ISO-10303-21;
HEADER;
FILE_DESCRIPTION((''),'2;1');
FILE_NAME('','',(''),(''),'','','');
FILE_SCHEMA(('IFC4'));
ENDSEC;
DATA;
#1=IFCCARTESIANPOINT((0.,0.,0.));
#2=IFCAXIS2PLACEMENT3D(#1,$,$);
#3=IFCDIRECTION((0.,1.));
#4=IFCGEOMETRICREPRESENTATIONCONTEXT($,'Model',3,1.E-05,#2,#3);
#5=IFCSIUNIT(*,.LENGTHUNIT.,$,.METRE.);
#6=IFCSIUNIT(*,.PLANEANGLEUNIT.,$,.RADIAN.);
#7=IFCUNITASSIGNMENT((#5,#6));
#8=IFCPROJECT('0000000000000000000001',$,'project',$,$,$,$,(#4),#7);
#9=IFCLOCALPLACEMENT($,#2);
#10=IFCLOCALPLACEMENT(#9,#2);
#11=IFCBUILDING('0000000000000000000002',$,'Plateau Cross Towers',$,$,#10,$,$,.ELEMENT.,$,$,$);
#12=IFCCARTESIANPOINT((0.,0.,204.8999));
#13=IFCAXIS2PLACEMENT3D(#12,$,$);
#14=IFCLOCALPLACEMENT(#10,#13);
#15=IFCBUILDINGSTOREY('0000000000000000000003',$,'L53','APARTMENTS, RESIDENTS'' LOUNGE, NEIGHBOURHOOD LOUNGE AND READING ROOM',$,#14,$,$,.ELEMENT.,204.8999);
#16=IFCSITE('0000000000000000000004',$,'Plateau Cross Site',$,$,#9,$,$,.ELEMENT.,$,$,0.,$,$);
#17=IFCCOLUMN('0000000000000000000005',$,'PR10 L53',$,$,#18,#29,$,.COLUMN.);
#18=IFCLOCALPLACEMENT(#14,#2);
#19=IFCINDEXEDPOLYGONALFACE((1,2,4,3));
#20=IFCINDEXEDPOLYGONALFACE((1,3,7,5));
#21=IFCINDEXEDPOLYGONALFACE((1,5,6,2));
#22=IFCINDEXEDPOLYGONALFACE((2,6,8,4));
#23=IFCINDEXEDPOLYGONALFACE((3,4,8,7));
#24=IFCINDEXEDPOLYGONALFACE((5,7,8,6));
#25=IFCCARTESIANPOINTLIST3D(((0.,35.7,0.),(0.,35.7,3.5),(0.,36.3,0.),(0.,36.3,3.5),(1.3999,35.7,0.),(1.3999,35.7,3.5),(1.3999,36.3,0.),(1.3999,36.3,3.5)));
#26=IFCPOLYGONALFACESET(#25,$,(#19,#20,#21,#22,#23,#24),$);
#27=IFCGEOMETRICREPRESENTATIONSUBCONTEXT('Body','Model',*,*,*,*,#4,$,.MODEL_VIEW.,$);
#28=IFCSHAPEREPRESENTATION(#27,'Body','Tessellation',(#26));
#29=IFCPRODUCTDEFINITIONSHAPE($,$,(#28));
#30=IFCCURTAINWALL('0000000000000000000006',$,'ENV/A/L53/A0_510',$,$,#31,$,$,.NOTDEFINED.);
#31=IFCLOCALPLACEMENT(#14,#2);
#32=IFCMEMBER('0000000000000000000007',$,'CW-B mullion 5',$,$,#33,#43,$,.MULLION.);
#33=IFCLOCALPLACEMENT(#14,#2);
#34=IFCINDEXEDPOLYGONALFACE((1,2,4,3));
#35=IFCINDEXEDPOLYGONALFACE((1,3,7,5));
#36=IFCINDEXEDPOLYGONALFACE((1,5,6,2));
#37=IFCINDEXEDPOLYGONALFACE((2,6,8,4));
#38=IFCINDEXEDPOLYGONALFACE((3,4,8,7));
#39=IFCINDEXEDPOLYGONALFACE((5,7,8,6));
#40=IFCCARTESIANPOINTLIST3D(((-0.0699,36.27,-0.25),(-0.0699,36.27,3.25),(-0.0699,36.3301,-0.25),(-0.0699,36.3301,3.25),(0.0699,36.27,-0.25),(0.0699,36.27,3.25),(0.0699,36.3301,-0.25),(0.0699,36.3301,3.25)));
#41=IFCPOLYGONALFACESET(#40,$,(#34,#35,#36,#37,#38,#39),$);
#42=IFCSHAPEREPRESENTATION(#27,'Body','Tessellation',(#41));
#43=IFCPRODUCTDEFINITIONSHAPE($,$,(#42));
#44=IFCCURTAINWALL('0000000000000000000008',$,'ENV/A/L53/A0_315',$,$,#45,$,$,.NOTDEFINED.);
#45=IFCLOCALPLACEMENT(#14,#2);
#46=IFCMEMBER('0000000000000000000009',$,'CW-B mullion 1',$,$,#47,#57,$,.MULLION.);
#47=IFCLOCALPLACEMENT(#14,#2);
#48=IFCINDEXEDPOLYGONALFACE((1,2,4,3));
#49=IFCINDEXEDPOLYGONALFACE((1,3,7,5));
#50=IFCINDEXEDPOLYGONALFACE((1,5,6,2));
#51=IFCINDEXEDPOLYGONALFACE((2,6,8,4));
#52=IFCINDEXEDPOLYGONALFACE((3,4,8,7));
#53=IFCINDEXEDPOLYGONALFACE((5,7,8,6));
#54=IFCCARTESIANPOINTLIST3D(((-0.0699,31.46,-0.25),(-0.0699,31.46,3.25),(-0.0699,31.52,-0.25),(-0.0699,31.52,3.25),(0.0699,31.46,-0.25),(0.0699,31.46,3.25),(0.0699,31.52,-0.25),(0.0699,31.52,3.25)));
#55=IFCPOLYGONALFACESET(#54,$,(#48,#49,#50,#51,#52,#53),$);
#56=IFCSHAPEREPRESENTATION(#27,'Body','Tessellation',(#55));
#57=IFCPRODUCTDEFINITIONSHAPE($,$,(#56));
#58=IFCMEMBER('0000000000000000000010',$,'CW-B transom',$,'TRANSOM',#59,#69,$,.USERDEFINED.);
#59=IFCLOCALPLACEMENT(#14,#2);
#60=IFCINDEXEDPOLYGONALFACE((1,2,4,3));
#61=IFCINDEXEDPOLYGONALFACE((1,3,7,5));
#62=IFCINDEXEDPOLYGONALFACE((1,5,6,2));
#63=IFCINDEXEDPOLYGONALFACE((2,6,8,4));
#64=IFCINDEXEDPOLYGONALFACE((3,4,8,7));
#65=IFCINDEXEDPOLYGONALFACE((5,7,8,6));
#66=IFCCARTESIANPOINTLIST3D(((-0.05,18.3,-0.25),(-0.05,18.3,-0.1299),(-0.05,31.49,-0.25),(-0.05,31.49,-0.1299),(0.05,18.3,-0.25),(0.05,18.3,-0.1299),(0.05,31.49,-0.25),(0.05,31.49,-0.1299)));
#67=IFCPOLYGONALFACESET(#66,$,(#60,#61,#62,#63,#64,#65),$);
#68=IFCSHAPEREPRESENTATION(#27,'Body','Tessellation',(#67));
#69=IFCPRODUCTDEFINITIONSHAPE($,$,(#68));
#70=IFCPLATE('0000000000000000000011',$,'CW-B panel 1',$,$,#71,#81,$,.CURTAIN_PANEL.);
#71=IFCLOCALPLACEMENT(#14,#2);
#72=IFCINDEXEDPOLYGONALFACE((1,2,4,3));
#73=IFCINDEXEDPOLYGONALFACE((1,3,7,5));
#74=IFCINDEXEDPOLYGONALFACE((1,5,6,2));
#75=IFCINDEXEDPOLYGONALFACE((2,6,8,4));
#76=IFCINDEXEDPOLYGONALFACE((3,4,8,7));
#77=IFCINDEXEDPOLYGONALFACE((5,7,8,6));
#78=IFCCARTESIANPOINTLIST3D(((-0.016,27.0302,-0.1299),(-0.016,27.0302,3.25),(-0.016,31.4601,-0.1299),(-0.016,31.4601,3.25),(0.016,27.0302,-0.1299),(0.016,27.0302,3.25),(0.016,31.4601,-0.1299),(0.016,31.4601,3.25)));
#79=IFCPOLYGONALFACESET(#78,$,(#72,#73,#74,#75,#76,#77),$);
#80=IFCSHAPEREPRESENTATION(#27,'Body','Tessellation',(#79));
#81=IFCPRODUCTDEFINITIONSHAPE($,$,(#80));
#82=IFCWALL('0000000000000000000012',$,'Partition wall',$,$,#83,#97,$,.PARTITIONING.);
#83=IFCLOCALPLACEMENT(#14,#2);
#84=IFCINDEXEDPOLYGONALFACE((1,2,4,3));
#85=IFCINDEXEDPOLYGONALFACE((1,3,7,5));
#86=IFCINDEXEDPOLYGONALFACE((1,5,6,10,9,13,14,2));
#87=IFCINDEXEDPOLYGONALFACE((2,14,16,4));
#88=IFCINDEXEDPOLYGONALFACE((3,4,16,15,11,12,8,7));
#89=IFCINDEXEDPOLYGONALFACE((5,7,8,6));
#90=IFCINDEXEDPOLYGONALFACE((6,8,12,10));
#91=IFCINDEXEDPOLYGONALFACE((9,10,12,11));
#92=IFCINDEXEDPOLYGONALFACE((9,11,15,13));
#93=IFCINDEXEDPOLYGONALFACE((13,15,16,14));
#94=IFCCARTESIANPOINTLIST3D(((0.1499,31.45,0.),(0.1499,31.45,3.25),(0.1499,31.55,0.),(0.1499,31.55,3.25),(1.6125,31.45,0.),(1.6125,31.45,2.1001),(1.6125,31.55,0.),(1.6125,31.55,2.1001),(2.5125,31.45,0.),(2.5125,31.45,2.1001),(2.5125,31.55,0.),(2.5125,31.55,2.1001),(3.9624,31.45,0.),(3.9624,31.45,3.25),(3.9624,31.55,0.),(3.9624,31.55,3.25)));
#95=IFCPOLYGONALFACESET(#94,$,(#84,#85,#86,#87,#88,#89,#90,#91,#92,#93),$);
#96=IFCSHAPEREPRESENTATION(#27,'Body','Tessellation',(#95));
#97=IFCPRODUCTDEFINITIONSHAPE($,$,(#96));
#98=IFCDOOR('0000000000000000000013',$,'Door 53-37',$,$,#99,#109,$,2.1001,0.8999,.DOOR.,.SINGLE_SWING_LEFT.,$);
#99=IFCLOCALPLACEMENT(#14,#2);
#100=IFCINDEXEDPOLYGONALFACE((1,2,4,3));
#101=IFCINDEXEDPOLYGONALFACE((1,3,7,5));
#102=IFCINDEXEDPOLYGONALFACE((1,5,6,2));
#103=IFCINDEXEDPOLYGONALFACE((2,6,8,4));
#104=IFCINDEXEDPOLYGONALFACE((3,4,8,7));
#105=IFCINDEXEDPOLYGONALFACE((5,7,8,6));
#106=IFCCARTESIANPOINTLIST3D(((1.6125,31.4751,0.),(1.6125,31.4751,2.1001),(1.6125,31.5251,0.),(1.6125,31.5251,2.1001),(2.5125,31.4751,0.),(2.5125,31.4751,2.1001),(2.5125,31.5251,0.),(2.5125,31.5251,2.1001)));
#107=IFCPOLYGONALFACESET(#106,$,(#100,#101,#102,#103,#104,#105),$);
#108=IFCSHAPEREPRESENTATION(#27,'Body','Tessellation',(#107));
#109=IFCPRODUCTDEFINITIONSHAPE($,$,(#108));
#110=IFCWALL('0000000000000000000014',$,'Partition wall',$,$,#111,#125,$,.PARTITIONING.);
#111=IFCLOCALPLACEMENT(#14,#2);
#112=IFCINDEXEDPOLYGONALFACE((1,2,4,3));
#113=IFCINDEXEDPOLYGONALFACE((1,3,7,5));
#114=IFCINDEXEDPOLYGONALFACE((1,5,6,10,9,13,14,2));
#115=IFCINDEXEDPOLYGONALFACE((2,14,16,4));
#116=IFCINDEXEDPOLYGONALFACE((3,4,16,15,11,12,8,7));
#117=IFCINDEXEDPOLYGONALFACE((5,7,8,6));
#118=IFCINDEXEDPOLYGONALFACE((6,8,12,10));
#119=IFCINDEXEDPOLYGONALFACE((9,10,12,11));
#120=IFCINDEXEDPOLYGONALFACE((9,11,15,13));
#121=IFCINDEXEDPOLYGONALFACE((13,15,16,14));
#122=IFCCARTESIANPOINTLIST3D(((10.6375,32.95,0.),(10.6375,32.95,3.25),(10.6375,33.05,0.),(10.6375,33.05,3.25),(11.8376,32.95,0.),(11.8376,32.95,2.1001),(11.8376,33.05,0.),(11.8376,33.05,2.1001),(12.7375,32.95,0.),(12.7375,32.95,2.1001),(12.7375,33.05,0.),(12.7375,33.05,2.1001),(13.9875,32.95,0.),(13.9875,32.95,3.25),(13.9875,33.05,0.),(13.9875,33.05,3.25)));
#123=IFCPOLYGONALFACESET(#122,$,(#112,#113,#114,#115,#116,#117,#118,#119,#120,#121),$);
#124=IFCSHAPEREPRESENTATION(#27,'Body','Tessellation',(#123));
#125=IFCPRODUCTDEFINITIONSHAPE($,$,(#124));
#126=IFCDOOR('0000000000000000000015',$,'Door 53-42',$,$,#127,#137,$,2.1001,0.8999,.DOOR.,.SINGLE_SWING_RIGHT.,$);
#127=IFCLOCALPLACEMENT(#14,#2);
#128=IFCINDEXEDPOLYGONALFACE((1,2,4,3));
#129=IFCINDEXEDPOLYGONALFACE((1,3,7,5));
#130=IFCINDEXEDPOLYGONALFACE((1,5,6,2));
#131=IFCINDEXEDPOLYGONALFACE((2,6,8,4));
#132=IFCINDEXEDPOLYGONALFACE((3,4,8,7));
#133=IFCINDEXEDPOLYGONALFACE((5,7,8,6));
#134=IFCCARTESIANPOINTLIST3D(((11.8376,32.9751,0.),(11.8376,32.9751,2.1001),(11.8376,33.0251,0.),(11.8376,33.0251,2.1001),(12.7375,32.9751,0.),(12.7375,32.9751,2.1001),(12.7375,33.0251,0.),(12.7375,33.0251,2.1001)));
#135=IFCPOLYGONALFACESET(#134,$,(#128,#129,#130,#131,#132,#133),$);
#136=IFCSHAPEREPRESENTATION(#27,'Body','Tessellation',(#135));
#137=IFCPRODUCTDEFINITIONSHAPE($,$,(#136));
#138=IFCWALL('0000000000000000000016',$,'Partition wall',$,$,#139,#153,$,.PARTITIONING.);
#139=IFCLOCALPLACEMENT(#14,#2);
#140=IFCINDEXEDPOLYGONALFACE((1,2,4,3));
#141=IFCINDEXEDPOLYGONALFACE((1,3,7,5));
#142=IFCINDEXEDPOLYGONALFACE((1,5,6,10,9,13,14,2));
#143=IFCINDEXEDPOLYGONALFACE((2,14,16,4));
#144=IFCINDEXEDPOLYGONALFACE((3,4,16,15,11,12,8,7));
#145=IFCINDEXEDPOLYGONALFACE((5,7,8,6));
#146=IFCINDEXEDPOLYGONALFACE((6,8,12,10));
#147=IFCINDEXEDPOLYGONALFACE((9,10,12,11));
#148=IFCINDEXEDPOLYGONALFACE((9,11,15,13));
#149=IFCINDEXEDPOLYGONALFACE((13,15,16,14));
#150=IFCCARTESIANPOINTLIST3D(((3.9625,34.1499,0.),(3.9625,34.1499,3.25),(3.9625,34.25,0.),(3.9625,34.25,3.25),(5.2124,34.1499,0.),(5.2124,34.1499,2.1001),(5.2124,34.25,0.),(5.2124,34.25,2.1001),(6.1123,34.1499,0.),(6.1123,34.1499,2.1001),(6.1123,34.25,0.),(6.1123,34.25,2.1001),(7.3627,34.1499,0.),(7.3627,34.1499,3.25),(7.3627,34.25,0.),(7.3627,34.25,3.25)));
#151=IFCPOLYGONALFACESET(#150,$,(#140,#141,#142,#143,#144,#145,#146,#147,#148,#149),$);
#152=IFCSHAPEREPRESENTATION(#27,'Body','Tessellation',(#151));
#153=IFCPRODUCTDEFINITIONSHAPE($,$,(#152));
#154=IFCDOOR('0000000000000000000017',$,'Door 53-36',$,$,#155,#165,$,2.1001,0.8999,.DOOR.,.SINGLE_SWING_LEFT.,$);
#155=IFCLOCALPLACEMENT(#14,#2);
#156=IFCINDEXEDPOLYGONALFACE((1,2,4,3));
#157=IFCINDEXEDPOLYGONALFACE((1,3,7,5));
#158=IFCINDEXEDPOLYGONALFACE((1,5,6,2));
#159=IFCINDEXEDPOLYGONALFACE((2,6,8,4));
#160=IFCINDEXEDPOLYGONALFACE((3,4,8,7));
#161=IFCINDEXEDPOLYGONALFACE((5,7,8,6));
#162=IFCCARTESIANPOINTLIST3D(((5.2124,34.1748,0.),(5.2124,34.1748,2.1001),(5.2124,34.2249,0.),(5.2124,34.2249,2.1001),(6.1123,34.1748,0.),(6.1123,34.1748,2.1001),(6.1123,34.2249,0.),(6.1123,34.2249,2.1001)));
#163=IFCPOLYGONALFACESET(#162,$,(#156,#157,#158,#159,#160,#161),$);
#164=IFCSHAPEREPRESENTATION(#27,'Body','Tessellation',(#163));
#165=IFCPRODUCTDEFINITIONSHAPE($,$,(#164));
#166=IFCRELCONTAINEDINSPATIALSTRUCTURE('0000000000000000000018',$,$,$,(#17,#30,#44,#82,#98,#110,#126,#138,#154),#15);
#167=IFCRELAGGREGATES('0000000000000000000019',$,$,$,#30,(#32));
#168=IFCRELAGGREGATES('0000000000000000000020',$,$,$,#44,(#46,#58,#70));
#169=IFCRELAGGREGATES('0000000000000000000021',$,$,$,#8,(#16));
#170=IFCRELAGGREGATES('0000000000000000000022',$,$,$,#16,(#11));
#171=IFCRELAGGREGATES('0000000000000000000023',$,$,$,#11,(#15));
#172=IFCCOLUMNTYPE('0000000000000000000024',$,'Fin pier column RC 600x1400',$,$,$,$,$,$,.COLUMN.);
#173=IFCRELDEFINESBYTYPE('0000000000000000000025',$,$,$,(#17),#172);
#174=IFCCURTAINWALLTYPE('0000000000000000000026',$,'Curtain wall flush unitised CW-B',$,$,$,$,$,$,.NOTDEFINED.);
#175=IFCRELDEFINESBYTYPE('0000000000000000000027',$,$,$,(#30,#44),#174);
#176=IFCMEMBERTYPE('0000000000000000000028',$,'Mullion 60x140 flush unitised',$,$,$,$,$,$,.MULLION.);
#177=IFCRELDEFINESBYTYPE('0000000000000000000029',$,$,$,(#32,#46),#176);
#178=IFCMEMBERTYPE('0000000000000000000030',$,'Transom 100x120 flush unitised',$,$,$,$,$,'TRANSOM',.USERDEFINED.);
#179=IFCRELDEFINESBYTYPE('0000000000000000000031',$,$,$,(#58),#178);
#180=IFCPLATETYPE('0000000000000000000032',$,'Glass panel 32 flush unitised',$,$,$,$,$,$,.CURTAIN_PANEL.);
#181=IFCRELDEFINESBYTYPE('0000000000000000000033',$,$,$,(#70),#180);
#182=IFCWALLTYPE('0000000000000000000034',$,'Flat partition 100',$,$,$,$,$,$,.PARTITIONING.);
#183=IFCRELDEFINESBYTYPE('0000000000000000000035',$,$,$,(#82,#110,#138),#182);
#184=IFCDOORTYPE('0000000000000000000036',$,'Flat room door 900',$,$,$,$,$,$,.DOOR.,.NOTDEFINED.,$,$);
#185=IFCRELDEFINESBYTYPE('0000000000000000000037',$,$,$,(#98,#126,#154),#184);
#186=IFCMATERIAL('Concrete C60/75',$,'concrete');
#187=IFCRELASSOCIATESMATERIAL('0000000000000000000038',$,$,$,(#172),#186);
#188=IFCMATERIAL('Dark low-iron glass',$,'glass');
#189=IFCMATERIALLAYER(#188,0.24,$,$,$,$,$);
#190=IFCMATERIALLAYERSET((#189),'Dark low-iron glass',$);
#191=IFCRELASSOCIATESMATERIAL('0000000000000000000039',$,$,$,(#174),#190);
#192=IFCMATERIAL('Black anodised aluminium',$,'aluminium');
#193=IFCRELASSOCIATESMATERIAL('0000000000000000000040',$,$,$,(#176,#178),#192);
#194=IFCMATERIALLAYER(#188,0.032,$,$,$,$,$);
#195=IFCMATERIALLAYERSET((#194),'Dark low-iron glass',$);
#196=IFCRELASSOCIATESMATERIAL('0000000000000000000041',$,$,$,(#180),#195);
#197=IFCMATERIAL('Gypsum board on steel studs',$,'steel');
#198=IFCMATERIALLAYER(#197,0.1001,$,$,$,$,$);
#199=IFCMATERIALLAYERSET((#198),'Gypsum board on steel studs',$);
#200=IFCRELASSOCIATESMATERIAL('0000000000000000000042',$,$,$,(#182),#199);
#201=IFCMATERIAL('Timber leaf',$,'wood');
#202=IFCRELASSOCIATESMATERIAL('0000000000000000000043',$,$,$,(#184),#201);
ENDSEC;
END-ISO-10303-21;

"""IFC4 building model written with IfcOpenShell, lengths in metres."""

from ifc_helpers import new_model, si_unit, direction, frame, frame_2d, origin, origin_2d, place, context, subcontext, project, spatial, rectangle, extrude, material, layer, layer_set, material_profile, profile_set, type_object, element, fill, aggregate, save


model = new_model("IFC4")

# Units and contexts
model_context = context("Model", 3, precision=1e-05, world=origin(), true_north=direction((0.0, 1.0)))
body_context = subcontext(model_context, "Body", "Model", "MODEL_VIEW")
ifc_project = project(units=[si_unit("LENGTHUNIT", "METRE"), si_unit("PLANEANGLEUNIT", "RADIAN")], contexts=[model_context])

# Site, building, storey
site_placement = place(None, origin())
site = spatial("IfcSite", under=ifc_project, at=site_placement, Name="Plateau Cross Site", CompositionType="ELEMENT", RefElevation=0.0)
building_placement = place(site_placement, origin())
building = spatial("IfcBuilding", under=site, at=building_placement, Name="Plateau Cross Towers", CompositionType="ELEMENT")
storey_placement = place(building_placement, frame((0.0, 0.0, 204.8999)))
storey = spatial("IfcBuildingStorey", under=building, at=storey_placement, Name="L53", Description="APARTMENTS, RESIDENTS' LOUNGE, NEIGHBOURHOOD LOUNGE AND READING ROOM", CompositionType="ELEMENT", Elevation=204.8999)

# Column
ifc_material_1 = material(Name="Concrete C60/75", Category="concrete")
ifc_material_profile_1 = material_profile(ifc_material_1, rectangle(XDim=0.6001, YDim=1.3999, at=origin_2d()), Name="RC 600x1400")
ifc_profile_set_1 = profile_set([ifc_material_profile_1], Name="Concrete C60/75")
column_type = type_object("IfcColumnType", Name="Fin pier column RC 600x1400", PredefinedType="COLUMN", material=ifc_profile_set_1)
column_placement = place(storey_placement, frame((0.7, 36.0, 0.0), z_axis=(0.0, 0.0, 1.0), x_axis=(0.0, 1.0, 0.0)))
element("IfcColumn", 1, at=column_placement, inside=storey, type_object=column_type, Name="PR10 L53", PredefinedType="COLUMN", context=body_context, shape_type="SweptSolid", body=[
    extrude(rectangle(XDim=0.6001, YDim=1.3999, at=origin_2d()), origin(), (0.0, 0.0, 1.0), 3.5),
])

# Curtain wall, member
ifc_material_2 = material(Name="Dark low-iron glass", Category="glass")
ifc_layer_1 = layer(ifc_material_2, 0.24)
ifc_layer_set_1 = layer_set([ifc_layer_1], Name="Dark low-iron glass")
curtain_wall_type = type_object("IfcCurtainWallType", Name="Curtain wall flush unitised CW-B", PredefinedType="NOTDEFINED", material=ifc_layer_set_1)
curtain_wall_1_placement = place(storey_placement, origin())
curtain_wall_1 = element("IfcCurtainWall", 2, at=curtain_wall_1_placement, inside=storey, type_object=curtain_wall_type, Name="ENV/A/L53/A0_510", PredefinedType="NOTDEFINED")
ifc_material_3 = material(Name="Black anodised aluminium", Category="aluminium")
ifc_material_profile_2 = material_profile(ifc_material_3, rectangle(XDim=0.0601, YDim=0.1399, at=origin_2d()), Name="MULLION 60x140")
ifc_profile_set_2 = profile_set([ifc_material_profile_2], Name="Black anodised aluminium")
member_type_1 = type_object("IfcMemberType", Name="Mullion 60x140 flush unitised", PredefinedType="MULLION", material=ifc_profile_set_2)
member_1_placement = place(storey_placement, frame((0.0, 36.3, -0.25), z_axis=(0.0, 0.0, 1.0), x_axis=(0.0, -1.0, 0.0)))
member_1 = element("IfcMember", 3, at=member_1_placement, type_object=member_type_1, Name="CW-B mullion 5", PredefinedType="MULLION", context=body_context, shape_type="SweptSolid", body=[
    extrude(rectangle(XDim=0.0601, YDim=0.1399, at=origin_2d()), origin(), (0.0, 0.0, 1.0), 3.5),
])
aggregate(curtain_wall_1, [member_1])

# Curtain wall, members, plate
curtain_wall_2_placement = place(storey_placement, origin())
curtain_wall_2 = element("IfcCurtainWall", 4, at=curtain_wall_2_placement, inside=storey, type_object=curtain_wall_type, Name="ENV/A/L53/A0_315", PredefinedType="NOTDEFINED")
member_2_placement = place(storey_placement, frame((0.0, 31.49, -0.25), z_axis=(0.0, 0.0, 1.0), x_axis=(0.0, -1.0, 0.0)))
member_2 = element("IfcMember", 5, at=member_2_placement, type_object=member_type_1, Name="CW-B mullion 1", PredefinedType="MULLION", context=body_context, shape_type="SweptSolid", body=[
    extrude(rectangle(XDim=0.0601, YDim=0.1399, at=origin_2d()), origin(), (0.0, 0.0, 1.0), 3.5),
])
ifc_material_profile_3 = material_profile(ifc_material_3, rectangle(XDim=0.1001, YDim=0.1201, at=origin_2d()), Name="TRANSOM 100x120")
ifc_profile_set_3 = profile_set([ifc_material_profile_3], Name="Black anodised aluminium")
member_type_2 = type_object("IfcMemberType", Name="Transom 100x120 flush unitised", ElementType="TRANSOM", PredefinedType="USERDEFINED", material=ifc_profile_set_3)
member_3_placement = place(storey_placement, frame((0.0, 31.49, -0.1899), z_axis=(0.0, -1.0, 0.0), x_axis=(1.0, 0.0, 0.0)))
member_3 = element("IfcMember", 6, at=member_3_placement, type_object=member_type_2, Name="CW-B transom", ObjectType="TRANSOM", PredefinedType="USERDEFINED", context=body_context, shape_type="SweptSolid", body=[
    extrude(rectangle(XDim=0.1001, YDim=0.1201, at=origin_2d()), origin(), (0.0, 0.0, 1.0), 13.1899),
])
ifc_layer_2 = layer(ifc_material_2, 0.032)
ifc_layer_set_2 = layer_set([ifc_layer_2], Name="Dark low-iron glass")
plate_type = type_object("IfcPlateType", Name="Glass panel 32 flush unitised", PredefinedType="CURTAIN_PANEL", material=ifc_layer_set_2)
plate_placement = place(storey_placement, frame((0.0, 29.2451, -0.1299), z_axis=(0.0, 0.0, 1.0), x_axis=(0.0, -1.0, 0.0)))
plate = element("IfcPlate", 7, at=plate_placement, type_object=plate_type, Name="CW-B panel 1", PredefinedType="CURTAIN_PANEL", context=body_context, shape_type="SweptSolid", body=[
    extrude(rectangle(XDim=4.4299, YDim=0.032, at=origin_2d()), origin(), (0.0, 0.0, 1.0), 3.3799),
])
aggregate(curtain_wall_2, [member_2, member_3, plate])

# Walls, openings, doors
ifc_material_4 = material(Name="Gypsum board on steel studs", Category="steel")
ifc_layer_3 = layer(ifc_material_4, 0.1001)
ifc_layer_set_3 = layer_set([ifc_layer_3], Name="Gypsum board on steel studs")
wall_type_1 = type_object("IfcWallType", Name="Flat partition 100", PredefinedType="PARTITIONING", material=ifc_layer_set_3)
wall_1_placement = place(storey_placement, frame((3.9624, 31.5, 0.0), z_axis=(0.0, 0.0, 1.0), x_axis=(-1.0, 0.0, 0.0)))
wall_1 = element("IfcWall", 8, at=wall_1_placement, inside=storey, type_object=wall_type_1, Name="Partition wall", PredefinedType="PARTITIONING", context=body_context, shape_type="SweptSolid", body=[
    extrude(rectangle(XDim=3.8125, YDim=0.1001, at=frame_2d((1.9062, 0.0))), origin(), (0.0, 0.0, 1.0), 3.25),
])
opening_1_placement = place(wall_1_placement, frame((1.45, 0.0, 0.0)))
opening_1 = element("IfcOpeningElement", 9, at=opening_1_placement, cuts=wall_1, PredefinedType="OPENING", context=body_context, shape_type="SweptSolid", body=[
    extrude(rectangle(XDim=0.8999, YDim=2.1001, at=frame_2d((0.45, 1.05))), frame((0.0, 0.0601, 0.0), z_axis=(0.0, -1.0, 0.0), x_axis=(1.0, 0.0, 0.0)), (0.0, 0.0, 1.0), 0.1201),
])
ifc_material_5 = material(Name="Timber leaf", Category="wood")
door_type_1 = type_object("IfcDoorType", Name="Flat room door 900", OperationType="NOTDEFINED", PredefinedType="DOOR", material=ifc_material_5)
door_1_placement = place(opening_1_placement, origin())
door_1 = element("IfcDoor", 10, at=door_1_placement, inside=storey, type_object=door_type_1, Name="Door 53-37", OperationType="SINGLE_SWING_LEFT", OverallHeight=2.1001, OverallWidth=0.8999, PredefinedType="DOOR", context=body_context, shape_type="SweptSolid", body=[
    extrude(rectangle(XDim=0.8999, YDim=2.1001, at=frame_2d((0.45, 1.05))), frame((0.0, 0.0249, 0.0), z_axis=(0.0, -1.0, 0.0), x_axis=(1.0, 0.0, 0.0)), (0.0, 0.0, 1.0), 0.05),
])
fill(opening_1, door_1)
wall_2_placement = place(storey_placement, frame((13.9875, 33.0, 0.0), z_axis=(0.0, 0.0, 1.0), x_axis=(-1.0, 0.0, 0.0)))
wall_2 = element("IfcWall", 11, at=wall_2_placement, inside=storey, type_object=wall_type_1, Name="Partition wall", PredefinedType="PARTITIONING", context=body_context, shape_type="SweptSolid", body=[
    extrude(rectangle(XDim=3.3501, YDim=0.1001, at=frame_2d((1.675, 0.0))), origin(), (0.0, 0.0, 1.0), 3.25),
])
opening_2_placement = place(wall_2_placement, frame((1.25, 0.0, 0.0)))
opening_2 = element("IfcOpeningElement", 12, at=opening_2_placement, cuts=wall_2, PredefinedType="OPENING", context=body_context, shape_type="SweptSolid", body=[
    extrude(rectangle(XDim=0.8999, YDim=2.1001, at=frame_2d((0.45, 1.05))), frame((0.0, 0.0601, 0.0), z_axis=(0.0, -1.0, 0.0), x_axis=(1.0, 0.0, 0.0)), (0.0, 0.0, 1.0), 0.1201),
])
door_2_placement = place(opening_2_placement, origin())
door_2 = element("IfcDoor", 13, at=door_2_placement, inside=storey, type_object=door_type_1, Name="Door 53-42", OperationType="SINGLE_SWING_RIGHT", OverallHeight=2.1001, OverallWidth=0.8999, PredefinedType="DOOR", context=body_context, shape_type="SweptSolid", body=[
    extrude(rectangle(XDim=0.8999, YDim=2.1001, at=frame_2d((0.45, 1.05))), frame((0.0, 0.0249, 0.0), z_axis=(0.0, -1.0, 0.0), x_axis=(1.0, 0.0, 0.0)), (0.0, 0.0, 1.0), 0.05),
])
fill(opening_2, door_2)
wall_3_placement = place(storey_placement, frame((3.9624, 34.2, 0.0), z_axis=(0.0, 0.0, 1.0), x_axis=(1.0, 0.0, 0.0)))
wall_3 = element("IfcWall", 14, at=wall_3_placement, inside=storey, type_object=wall_type_1, Name="Partition wall", PredefinedType="PARTITIONING", context=body_context, shape_type="SweptSolid", body=[
    extrude(rectangle(XDim=3.4001, YDim=0.1001, at=frame_2d((1.7002, 0.0))), origin(), (0.0, 0.0, 1.0), 3.25),
])
opening_3_placement = place(wall_3_placement, frame((1.25, 0.0, 0.0)))
opening_3 = element("IfcOpeningElement", 15, at=opening_3_placement, cuts=wall_3, PredefinedType="OPENING", context=body_context, shape_type="SweptSolid", body=[
    extrude(rectangle(XDim=0.8999, YDim=2.1001, at=frame_2d((0.45, 1.05))), frame((0.0, 0.0601, 0.0), z_axis=(0.0, -1.0, 0.0), x_axis=(1.0, 0.0, 0.0)), (0.0, 0.0, 1.0), 0.1201),
])
door_3_placement = place(opening_3_placement, origin())
door_3 = element("IfcDoor", 16, at=door_3_placement, inside=storey, type_object=door_type_1, Name="Door 53-36", OperationType="SINGLE_SWING_LEFT", OverallHeight=2.1001, OverallWidth=0.8999, PredefinedType="DOOR", context=body_context, shape_type="SweptSolid", body=[
    extrude(rectangle(XDim=0.8999, YDim=2.1001, at=frame_2d((0.45, 1.05))), frame((0.0, 0.0249, 0.0), z_axis=(0.0, -1.0, 0.0), x_axis=(1.0, 0.0, 0.0)), (0.0, 0.0, 1.0), 0.05),
])
fill(opening_3, door_3)

save(model, "model.ifc")
